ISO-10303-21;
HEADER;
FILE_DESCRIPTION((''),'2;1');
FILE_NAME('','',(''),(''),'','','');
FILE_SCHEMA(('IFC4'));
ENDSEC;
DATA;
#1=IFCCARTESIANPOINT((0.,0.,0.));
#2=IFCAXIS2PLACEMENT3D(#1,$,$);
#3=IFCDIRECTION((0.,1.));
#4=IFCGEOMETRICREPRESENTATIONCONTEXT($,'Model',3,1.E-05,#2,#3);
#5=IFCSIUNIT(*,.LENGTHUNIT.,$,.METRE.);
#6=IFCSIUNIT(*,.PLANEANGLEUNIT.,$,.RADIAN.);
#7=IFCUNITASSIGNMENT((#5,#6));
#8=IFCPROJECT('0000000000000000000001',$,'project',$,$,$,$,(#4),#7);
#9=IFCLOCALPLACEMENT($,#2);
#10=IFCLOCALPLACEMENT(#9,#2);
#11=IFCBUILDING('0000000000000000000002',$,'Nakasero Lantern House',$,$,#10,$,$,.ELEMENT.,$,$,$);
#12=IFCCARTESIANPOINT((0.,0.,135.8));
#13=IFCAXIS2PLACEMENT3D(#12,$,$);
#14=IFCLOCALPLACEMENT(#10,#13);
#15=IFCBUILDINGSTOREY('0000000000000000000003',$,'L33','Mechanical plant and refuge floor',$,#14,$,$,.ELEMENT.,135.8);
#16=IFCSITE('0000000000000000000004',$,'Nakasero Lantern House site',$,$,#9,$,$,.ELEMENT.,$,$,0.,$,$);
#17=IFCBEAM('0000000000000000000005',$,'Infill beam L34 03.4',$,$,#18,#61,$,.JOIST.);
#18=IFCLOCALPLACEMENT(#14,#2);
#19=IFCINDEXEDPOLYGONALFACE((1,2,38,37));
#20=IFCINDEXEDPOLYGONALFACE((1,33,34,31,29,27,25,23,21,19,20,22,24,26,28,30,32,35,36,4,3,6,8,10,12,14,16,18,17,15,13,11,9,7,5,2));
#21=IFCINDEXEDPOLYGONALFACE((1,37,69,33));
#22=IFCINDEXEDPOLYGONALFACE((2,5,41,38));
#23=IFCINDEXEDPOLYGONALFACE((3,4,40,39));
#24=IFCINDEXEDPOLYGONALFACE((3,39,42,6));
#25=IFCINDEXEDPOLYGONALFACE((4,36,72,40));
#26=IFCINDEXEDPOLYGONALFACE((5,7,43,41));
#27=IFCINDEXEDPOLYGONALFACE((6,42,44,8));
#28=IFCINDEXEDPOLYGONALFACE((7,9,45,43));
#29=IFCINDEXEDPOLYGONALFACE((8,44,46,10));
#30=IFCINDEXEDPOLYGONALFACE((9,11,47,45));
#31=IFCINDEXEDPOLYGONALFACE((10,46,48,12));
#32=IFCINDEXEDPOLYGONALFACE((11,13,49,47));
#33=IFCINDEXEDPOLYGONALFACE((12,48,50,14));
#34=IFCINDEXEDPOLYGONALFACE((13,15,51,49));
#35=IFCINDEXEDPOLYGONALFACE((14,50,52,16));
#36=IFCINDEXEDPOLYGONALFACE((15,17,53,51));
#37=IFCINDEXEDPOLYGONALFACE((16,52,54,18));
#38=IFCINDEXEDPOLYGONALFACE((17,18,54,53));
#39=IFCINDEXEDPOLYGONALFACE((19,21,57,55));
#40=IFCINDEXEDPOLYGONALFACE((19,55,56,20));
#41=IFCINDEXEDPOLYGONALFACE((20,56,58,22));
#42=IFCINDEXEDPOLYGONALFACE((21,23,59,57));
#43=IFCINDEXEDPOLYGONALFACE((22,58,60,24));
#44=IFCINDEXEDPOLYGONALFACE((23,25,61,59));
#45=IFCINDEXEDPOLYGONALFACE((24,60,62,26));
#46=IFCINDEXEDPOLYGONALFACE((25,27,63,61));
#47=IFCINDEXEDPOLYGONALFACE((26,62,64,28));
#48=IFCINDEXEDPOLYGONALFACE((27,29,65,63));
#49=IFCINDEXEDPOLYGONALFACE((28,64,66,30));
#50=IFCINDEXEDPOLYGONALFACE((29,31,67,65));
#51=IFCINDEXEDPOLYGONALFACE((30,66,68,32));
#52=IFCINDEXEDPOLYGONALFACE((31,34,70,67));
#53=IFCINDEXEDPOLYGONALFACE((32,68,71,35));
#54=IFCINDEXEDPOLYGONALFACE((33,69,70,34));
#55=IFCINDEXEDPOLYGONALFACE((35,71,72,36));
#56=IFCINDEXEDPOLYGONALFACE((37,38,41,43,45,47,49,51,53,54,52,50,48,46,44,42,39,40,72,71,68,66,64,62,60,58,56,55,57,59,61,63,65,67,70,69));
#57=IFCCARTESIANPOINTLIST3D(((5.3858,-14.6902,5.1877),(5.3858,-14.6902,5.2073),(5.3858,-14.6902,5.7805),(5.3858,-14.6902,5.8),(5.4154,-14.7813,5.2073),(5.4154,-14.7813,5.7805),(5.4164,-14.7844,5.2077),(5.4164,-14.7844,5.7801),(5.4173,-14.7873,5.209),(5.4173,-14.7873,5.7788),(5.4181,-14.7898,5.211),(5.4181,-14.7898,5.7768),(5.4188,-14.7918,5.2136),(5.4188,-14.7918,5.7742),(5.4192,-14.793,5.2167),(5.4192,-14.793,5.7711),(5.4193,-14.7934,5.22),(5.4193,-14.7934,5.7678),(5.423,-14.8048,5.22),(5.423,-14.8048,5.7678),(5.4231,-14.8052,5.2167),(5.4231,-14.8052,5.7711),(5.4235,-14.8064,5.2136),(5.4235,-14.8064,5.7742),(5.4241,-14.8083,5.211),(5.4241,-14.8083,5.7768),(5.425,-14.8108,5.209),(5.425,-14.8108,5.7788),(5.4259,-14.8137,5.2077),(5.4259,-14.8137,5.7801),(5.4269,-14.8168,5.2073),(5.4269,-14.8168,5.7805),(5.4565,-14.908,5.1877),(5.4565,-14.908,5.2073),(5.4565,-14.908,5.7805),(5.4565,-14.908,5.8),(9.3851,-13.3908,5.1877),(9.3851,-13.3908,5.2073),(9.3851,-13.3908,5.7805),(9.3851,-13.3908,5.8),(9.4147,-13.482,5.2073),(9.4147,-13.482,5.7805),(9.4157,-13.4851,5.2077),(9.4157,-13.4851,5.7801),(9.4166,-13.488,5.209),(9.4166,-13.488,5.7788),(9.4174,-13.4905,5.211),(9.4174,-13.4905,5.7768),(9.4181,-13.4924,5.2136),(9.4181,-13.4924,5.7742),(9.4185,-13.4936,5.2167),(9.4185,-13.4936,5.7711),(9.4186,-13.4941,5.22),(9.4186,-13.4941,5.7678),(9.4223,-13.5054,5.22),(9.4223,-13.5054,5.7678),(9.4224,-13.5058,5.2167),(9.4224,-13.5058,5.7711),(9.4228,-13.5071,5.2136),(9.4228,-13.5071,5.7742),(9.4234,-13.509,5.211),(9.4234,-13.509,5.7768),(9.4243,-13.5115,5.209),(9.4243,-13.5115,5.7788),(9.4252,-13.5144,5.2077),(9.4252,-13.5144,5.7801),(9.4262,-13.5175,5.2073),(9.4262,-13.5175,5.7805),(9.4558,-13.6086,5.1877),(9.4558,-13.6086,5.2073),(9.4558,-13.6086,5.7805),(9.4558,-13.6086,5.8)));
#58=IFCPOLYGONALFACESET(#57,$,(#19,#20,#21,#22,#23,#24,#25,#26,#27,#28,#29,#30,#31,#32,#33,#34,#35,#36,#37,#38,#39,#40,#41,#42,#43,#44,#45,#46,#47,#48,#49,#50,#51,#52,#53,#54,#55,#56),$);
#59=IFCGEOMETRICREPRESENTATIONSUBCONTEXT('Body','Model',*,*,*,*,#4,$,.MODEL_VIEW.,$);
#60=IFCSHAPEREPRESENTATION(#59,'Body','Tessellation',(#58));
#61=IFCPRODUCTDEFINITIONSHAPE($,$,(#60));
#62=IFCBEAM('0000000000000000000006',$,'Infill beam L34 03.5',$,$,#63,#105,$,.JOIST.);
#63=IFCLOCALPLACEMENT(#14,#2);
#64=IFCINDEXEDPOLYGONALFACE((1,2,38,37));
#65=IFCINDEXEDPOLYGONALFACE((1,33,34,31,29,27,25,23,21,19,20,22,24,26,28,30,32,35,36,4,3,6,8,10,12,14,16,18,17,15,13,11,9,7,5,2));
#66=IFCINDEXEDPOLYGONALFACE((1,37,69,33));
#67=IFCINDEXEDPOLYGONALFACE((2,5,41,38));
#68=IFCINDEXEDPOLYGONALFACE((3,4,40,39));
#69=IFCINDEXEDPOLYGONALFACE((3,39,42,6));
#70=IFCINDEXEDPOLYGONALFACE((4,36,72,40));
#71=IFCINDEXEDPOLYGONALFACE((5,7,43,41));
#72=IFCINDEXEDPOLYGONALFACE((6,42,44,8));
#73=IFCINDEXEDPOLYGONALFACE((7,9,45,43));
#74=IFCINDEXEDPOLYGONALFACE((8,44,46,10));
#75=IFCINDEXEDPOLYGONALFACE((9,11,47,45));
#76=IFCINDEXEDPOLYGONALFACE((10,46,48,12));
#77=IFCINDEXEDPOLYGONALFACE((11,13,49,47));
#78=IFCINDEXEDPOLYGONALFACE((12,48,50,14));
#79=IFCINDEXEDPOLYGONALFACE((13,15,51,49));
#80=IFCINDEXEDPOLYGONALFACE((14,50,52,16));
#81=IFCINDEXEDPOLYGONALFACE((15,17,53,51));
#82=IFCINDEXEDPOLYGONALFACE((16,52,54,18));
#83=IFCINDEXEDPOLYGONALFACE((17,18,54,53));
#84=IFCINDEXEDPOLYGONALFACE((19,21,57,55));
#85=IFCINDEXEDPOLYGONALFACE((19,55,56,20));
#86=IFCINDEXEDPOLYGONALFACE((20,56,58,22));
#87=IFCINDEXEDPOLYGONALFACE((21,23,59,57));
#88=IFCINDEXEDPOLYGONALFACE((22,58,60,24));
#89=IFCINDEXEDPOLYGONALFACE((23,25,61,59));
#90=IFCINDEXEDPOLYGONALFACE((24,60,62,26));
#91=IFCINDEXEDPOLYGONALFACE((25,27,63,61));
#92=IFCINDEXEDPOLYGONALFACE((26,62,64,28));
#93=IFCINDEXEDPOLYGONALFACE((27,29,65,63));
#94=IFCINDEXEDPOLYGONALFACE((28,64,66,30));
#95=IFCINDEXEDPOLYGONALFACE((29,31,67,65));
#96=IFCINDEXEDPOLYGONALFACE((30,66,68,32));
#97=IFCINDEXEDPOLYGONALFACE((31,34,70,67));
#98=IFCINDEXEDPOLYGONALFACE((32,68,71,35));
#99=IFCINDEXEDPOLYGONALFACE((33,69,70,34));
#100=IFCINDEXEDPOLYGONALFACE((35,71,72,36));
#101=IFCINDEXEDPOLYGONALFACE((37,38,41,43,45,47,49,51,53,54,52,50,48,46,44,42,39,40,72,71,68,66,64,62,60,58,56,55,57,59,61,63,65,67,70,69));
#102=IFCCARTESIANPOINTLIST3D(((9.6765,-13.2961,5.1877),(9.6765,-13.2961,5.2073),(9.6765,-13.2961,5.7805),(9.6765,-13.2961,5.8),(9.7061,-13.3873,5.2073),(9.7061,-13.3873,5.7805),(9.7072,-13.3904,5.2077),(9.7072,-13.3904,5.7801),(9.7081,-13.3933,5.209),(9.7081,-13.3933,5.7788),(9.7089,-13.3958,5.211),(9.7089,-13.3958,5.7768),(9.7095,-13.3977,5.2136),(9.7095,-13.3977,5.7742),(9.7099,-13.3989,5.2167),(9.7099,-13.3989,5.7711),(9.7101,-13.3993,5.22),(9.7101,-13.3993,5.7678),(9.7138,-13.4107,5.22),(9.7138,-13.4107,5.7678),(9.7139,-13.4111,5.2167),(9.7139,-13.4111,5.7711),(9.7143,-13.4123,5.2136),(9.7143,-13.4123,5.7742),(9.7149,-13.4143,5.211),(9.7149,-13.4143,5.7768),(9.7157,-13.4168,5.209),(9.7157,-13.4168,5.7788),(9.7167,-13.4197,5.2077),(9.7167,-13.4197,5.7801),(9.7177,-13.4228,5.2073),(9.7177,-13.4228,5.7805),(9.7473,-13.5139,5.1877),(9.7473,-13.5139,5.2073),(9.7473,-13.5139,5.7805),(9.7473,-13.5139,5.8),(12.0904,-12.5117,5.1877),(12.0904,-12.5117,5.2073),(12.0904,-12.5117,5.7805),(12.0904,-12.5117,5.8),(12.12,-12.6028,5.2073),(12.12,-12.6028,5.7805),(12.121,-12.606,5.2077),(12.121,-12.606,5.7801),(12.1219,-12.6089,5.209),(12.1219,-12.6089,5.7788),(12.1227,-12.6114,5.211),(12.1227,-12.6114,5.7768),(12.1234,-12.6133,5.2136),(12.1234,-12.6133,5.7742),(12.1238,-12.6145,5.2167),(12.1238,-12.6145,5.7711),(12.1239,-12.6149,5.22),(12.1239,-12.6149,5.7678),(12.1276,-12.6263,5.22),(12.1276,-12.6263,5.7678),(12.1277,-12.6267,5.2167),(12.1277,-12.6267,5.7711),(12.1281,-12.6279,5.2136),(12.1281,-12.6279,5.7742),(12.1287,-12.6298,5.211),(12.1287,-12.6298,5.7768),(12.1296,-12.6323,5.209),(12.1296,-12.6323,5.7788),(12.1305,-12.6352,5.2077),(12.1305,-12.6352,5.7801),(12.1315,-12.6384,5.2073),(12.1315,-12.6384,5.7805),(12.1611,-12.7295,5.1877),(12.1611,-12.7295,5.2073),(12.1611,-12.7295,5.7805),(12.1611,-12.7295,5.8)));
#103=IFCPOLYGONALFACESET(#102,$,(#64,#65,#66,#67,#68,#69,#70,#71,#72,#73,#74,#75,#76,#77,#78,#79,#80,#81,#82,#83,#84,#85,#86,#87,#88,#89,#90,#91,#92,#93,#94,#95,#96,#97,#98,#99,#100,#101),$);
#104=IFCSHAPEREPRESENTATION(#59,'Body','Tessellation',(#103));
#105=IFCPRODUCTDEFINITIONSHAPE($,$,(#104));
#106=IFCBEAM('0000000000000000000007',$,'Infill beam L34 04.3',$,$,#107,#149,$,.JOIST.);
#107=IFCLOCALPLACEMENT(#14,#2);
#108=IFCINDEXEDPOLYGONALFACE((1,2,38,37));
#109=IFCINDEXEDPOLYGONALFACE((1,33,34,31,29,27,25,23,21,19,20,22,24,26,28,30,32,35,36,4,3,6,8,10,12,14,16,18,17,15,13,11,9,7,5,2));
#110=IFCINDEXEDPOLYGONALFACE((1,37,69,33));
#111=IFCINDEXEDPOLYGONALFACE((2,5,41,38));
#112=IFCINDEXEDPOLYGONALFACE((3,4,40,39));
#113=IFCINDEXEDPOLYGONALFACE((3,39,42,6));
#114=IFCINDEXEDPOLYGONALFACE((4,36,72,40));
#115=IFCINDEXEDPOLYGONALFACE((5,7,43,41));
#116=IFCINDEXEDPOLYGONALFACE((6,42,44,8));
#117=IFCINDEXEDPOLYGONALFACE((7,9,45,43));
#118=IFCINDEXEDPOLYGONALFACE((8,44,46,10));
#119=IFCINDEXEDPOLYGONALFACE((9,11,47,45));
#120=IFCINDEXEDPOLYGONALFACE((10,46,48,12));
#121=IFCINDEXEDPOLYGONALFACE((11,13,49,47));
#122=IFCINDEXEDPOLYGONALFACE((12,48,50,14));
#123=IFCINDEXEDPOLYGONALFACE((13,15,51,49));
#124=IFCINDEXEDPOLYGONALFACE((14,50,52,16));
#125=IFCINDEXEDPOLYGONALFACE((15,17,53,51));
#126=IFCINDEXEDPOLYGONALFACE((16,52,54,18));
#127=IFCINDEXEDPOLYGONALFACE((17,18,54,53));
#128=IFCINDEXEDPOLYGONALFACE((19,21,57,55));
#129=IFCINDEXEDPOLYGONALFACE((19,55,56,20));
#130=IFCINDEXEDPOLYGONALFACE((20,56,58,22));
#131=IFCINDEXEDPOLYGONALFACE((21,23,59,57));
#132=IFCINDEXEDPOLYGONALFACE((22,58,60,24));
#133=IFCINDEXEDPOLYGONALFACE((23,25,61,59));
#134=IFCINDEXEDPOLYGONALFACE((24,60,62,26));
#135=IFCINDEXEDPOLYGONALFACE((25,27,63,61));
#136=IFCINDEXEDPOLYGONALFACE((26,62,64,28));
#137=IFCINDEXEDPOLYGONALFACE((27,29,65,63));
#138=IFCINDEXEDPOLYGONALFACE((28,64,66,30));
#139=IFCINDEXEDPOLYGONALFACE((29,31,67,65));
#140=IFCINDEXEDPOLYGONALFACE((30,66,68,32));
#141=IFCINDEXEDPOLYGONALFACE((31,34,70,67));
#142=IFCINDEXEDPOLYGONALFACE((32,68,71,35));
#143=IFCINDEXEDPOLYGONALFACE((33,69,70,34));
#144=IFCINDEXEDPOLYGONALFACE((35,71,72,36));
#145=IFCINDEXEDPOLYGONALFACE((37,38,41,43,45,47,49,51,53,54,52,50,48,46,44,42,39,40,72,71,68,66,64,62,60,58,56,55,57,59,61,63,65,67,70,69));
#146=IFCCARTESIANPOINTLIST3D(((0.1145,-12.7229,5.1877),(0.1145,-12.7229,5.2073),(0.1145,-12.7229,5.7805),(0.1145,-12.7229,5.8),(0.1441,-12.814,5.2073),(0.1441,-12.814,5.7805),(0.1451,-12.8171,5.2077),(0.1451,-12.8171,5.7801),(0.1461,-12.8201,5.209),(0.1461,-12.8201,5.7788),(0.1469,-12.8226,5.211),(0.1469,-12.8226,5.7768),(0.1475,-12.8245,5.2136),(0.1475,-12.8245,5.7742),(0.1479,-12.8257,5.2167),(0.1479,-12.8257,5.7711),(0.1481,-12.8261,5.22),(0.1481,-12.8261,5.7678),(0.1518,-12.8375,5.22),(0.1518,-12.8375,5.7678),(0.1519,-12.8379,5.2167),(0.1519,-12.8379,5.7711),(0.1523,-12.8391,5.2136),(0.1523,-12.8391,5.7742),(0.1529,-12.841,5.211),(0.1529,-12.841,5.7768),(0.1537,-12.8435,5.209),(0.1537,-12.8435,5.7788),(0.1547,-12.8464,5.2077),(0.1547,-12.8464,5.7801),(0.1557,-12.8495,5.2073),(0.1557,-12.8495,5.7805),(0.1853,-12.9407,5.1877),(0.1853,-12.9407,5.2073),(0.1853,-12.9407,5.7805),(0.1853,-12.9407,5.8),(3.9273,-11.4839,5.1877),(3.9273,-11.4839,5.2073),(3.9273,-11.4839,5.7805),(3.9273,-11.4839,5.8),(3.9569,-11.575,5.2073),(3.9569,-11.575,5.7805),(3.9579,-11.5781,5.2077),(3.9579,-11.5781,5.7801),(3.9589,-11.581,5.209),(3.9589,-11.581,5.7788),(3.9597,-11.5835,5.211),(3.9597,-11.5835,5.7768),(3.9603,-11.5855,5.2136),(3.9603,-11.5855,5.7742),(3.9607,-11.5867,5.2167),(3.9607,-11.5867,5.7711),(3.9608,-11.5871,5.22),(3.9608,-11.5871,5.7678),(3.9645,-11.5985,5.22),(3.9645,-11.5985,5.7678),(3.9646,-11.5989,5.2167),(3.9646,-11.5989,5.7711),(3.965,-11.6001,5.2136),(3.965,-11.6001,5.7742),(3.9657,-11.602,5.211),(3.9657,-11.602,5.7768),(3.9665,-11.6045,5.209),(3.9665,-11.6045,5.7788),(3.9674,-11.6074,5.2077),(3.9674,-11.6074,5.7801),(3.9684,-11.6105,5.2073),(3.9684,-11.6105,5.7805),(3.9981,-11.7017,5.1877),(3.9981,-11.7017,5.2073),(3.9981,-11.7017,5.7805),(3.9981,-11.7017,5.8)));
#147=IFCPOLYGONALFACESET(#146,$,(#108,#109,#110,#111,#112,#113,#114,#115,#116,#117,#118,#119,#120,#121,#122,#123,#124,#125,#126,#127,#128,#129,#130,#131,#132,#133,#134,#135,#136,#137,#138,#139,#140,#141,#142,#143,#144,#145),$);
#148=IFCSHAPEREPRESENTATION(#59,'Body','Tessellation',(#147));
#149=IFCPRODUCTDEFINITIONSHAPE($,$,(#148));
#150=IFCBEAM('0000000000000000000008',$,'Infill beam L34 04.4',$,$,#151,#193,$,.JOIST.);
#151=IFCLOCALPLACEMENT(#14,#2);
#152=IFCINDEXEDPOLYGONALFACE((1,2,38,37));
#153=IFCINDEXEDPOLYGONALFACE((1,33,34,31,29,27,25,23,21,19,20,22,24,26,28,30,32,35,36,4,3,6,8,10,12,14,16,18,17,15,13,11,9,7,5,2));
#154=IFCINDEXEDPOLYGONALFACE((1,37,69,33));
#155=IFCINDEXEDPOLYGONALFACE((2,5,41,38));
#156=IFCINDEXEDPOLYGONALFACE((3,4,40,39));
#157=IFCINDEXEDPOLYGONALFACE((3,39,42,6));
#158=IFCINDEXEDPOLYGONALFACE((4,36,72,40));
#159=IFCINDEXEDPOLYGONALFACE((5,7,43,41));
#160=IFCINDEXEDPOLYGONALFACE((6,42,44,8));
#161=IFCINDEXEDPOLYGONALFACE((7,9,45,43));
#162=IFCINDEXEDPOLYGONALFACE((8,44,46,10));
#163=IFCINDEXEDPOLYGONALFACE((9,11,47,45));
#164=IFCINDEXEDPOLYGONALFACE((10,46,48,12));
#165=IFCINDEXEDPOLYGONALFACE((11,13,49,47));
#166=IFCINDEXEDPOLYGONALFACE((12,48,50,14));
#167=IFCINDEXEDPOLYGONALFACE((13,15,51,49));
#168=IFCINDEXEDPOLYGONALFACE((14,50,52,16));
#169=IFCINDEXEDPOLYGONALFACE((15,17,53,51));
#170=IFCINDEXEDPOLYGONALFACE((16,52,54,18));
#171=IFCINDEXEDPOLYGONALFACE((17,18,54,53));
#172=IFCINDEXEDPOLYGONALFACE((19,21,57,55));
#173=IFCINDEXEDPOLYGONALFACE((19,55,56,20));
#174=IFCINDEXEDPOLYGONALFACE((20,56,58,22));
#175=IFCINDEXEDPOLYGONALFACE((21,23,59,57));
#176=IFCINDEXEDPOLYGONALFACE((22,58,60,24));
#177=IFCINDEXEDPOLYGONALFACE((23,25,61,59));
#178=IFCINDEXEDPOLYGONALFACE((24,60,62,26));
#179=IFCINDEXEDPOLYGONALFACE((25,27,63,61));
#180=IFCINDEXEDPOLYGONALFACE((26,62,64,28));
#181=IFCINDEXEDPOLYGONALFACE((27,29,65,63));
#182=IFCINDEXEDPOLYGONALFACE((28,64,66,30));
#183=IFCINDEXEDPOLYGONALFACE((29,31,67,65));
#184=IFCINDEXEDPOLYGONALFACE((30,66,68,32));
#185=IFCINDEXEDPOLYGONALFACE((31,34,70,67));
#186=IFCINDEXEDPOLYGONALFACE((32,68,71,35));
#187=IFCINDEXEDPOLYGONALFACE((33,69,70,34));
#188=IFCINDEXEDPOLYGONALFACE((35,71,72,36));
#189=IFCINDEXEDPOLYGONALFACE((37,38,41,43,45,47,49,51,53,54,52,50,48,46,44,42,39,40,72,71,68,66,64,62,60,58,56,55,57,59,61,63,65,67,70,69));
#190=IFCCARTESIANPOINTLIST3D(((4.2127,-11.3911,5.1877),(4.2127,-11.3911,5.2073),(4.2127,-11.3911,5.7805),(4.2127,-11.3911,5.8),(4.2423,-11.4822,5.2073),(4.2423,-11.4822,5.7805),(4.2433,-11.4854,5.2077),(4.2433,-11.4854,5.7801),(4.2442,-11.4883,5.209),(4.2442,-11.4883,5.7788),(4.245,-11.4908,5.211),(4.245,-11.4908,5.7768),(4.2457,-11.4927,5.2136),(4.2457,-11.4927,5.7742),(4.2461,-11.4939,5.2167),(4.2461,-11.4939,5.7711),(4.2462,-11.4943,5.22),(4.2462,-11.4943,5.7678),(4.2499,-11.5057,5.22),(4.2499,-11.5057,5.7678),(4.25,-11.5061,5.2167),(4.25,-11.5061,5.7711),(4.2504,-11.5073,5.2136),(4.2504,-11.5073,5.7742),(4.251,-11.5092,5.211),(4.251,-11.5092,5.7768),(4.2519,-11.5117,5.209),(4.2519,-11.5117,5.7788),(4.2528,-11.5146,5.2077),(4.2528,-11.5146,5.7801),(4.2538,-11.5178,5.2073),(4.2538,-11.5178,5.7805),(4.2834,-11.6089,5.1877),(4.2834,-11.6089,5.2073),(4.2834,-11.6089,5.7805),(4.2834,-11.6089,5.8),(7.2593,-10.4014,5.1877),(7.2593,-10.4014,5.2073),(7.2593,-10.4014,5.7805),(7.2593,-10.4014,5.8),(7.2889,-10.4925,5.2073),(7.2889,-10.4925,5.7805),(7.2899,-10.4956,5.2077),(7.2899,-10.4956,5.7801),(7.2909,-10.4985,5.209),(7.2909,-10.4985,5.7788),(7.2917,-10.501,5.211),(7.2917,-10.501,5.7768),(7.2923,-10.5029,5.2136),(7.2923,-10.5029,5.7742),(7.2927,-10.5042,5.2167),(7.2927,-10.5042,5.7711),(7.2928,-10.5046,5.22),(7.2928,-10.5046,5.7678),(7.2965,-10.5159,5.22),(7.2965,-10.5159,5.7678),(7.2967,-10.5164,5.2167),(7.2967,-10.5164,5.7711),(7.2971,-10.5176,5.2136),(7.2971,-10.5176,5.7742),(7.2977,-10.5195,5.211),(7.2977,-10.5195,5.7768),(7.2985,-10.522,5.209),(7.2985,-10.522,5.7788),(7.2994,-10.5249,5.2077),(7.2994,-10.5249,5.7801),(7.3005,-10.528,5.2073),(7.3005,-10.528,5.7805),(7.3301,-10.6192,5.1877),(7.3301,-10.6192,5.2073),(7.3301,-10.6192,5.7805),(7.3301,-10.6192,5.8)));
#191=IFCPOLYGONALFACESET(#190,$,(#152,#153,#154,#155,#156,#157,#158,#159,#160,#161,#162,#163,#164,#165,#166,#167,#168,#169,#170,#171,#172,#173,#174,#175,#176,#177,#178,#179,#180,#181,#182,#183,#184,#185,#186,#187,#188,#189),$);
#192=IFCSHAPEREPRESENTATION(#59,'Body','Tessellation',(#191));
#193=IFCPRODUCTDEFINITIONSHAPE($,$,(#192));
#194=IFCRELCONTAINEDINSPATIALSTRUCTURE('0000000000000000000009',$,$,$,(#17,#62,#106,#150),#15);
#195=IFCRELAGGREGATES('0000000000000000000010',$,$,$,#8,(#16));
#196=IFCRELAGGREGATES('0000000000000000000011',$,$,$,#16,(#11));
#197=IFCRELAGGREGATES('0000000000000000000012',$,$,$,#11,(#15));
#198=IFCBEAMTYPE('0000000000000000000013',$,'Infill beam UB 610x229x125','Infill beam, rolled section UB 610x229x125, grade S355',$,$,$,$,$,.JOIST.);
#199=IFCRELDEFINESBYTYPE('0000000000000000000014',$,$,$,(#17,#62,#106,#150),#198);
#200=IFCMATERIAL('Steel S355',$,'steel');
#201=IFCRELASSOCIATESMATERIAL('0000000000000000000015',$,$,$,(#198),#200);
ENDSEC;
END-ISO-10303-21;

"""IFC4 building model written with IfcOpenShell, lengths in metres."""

from ifc_helpers import new_model, si_unit, direction, frame, origin, origin_2d, place, context, subcontext, project, spatial, i_section, extrude, material, material_profile, profile_set, type_object, element, save


model = new_model("IFC4")

# Units and contexts
model_context = context("Model", 3, precision=1e-05, world=origin(), true_north=direction((0.0, 1.0)))
body_context = subcontext(model_context, "Body", "Model", "MODEL_VIEW")
ifc_project = project(units=[si_unit("LENGTHUNIT", "METRE"), si_unit("PLANEANGLEUNIT", "RADIAN")], contexts=[model_context])

# Site, building, storey
site_placement = place(None, origin())
site = spatial("IfcSite", under=ifc_project, at=site_placement, Name="Nakasero Lantern House site", CompositionType="ELEMENT", RefElevation=0.0)
building_placement = place(site_placement, origin())
building = spatial("IfcBuilding", under=site, at=building_placement, Name="Nakasero Lantern House", CompositionType="ELEMENT")
storey_placement = place(building_placement, frame((0.0, 0.0, 135.8)))
storey = spatial("IfcBuildingStorey", under=building, at=storey_placement, Name="L33", Description="Mechanical plant and refuge floor", CompositionType="ELEMENT", Elevation=135.8)

# Beams
ifc_material_1 = material(Name="Steel S355", Category="steel")
ifc_material_profile_1 = material_profile(ifc_material_1, i_section(OverallWidth=0.229, OverallDepth=0.6123, WebThickness=0.012, FlangeThickness=0.0195, FilletRadius=0.0127, at=origin_2d()), Name="UB 610x229x125")
ifc_profile_set_1 = profile_set([ifc_material_profile_1], Name="Steel S355")
beam_type_1 = type_object("IfcBeamType", Name="Infill beam UB 610x229x125", Description="Infill beam, rolled section UB 610x229x125, grade S355", PredefinedType="JOIST", material=ifc_profile_set_1)
beam_1_placement = place(storey_placement, frame((5.4211, -14.7991, 5.4939), z_axis=(0.951065, 0.30899, 0.0), x_axis=(-0.30899, 0.951065, 0.0)))
element("IfcBeam", 1, at=beam_1_placement, inside=storey, type_object=beam_type_1, Name="Infill beam L34 03.4", PredefinedType="JOIST", context=body_context, shape_type="SweptSolid", body=[
    extrude(i_section(OverallWidth=0.229, OverallDepth=0.6123, WebThickness=0.012, FlangeThickness=0.0195, FilletRadius=0.0127, at=origin_2d()), origin(), (0.0, 0.0, 1.0), 4.2051),
])
beam_2_placement = place(storey_placement, frame((9.7119, -13.405, 5.4939), z_axis=(0.951042, 0.309062, 0.0), x_axis=(-0.309062, 0.951042, 0.0)))
element("IfcBeam", 2, at=beam_2_placement, inside=storey, type_object=beam_type_1, Name="Infill beam L34 03.5", PredefinedType="JOIST", context=body_context, shape_type="SweptSolid", body=[
    extrude(i_section(OverallWidth=0.229, OverallDepth=0.6123, WebThickness=0.012, FlangeThickness=0.0195, FilletRadius=0.0127, at=origin_2d()), origin(), (0.0, 0.0, 1.0), 2.5381),
])
beam_3_placement = place(storey_placement, frame((0.1499, -12.8318, 5.4939), z_axis=(0.951043, 0.309057, 0.0), x_axis=(-0.309057, 0.951043, 0.0)))
element("IfcBeam", 3, at=beam_3_placement, inside=storey, type_object=beam_type_1, Name="Infill beam L34 04.3", PredefinedType="JOIST", context=body_context, shape_type="SweptSolid", body=[
    extrude(i_section(OverallWidth=0.229, OverallDepth=0.6123, WebThickness=0.012, FlangeThickness=0.0195, FilletRadius=0.0127, at=origin_2d()), origin(), (0.0, 0.0, 1.0), 4.009),
])
beam_4_placement = place(storey_placement, frame((4.248, -11.5, 5.4939), z_axis=(0.951072, 0.308971, 0.0), x_axis=(-0.308971, 0.951072, 0.0)))
element("IfcBeam", 4, at=beam_4_placement, inside=storey, type_object=beam_type_1, Name="Infill beam L34 04.4", PredefinedType="JOIST", context=body_context, shape_type="SweptSolid", body=[
    extrude(i_section(OverallWidth=0.229, OverallDepth=0.6123, WebThickness=0.012, FlangeThickness=0.0195, FilletRadius=0.0127, at=origin_2d()), origin(), (0.0, 0.0, 1.0), 3.2034),
])

save(model, "model.ifc")
